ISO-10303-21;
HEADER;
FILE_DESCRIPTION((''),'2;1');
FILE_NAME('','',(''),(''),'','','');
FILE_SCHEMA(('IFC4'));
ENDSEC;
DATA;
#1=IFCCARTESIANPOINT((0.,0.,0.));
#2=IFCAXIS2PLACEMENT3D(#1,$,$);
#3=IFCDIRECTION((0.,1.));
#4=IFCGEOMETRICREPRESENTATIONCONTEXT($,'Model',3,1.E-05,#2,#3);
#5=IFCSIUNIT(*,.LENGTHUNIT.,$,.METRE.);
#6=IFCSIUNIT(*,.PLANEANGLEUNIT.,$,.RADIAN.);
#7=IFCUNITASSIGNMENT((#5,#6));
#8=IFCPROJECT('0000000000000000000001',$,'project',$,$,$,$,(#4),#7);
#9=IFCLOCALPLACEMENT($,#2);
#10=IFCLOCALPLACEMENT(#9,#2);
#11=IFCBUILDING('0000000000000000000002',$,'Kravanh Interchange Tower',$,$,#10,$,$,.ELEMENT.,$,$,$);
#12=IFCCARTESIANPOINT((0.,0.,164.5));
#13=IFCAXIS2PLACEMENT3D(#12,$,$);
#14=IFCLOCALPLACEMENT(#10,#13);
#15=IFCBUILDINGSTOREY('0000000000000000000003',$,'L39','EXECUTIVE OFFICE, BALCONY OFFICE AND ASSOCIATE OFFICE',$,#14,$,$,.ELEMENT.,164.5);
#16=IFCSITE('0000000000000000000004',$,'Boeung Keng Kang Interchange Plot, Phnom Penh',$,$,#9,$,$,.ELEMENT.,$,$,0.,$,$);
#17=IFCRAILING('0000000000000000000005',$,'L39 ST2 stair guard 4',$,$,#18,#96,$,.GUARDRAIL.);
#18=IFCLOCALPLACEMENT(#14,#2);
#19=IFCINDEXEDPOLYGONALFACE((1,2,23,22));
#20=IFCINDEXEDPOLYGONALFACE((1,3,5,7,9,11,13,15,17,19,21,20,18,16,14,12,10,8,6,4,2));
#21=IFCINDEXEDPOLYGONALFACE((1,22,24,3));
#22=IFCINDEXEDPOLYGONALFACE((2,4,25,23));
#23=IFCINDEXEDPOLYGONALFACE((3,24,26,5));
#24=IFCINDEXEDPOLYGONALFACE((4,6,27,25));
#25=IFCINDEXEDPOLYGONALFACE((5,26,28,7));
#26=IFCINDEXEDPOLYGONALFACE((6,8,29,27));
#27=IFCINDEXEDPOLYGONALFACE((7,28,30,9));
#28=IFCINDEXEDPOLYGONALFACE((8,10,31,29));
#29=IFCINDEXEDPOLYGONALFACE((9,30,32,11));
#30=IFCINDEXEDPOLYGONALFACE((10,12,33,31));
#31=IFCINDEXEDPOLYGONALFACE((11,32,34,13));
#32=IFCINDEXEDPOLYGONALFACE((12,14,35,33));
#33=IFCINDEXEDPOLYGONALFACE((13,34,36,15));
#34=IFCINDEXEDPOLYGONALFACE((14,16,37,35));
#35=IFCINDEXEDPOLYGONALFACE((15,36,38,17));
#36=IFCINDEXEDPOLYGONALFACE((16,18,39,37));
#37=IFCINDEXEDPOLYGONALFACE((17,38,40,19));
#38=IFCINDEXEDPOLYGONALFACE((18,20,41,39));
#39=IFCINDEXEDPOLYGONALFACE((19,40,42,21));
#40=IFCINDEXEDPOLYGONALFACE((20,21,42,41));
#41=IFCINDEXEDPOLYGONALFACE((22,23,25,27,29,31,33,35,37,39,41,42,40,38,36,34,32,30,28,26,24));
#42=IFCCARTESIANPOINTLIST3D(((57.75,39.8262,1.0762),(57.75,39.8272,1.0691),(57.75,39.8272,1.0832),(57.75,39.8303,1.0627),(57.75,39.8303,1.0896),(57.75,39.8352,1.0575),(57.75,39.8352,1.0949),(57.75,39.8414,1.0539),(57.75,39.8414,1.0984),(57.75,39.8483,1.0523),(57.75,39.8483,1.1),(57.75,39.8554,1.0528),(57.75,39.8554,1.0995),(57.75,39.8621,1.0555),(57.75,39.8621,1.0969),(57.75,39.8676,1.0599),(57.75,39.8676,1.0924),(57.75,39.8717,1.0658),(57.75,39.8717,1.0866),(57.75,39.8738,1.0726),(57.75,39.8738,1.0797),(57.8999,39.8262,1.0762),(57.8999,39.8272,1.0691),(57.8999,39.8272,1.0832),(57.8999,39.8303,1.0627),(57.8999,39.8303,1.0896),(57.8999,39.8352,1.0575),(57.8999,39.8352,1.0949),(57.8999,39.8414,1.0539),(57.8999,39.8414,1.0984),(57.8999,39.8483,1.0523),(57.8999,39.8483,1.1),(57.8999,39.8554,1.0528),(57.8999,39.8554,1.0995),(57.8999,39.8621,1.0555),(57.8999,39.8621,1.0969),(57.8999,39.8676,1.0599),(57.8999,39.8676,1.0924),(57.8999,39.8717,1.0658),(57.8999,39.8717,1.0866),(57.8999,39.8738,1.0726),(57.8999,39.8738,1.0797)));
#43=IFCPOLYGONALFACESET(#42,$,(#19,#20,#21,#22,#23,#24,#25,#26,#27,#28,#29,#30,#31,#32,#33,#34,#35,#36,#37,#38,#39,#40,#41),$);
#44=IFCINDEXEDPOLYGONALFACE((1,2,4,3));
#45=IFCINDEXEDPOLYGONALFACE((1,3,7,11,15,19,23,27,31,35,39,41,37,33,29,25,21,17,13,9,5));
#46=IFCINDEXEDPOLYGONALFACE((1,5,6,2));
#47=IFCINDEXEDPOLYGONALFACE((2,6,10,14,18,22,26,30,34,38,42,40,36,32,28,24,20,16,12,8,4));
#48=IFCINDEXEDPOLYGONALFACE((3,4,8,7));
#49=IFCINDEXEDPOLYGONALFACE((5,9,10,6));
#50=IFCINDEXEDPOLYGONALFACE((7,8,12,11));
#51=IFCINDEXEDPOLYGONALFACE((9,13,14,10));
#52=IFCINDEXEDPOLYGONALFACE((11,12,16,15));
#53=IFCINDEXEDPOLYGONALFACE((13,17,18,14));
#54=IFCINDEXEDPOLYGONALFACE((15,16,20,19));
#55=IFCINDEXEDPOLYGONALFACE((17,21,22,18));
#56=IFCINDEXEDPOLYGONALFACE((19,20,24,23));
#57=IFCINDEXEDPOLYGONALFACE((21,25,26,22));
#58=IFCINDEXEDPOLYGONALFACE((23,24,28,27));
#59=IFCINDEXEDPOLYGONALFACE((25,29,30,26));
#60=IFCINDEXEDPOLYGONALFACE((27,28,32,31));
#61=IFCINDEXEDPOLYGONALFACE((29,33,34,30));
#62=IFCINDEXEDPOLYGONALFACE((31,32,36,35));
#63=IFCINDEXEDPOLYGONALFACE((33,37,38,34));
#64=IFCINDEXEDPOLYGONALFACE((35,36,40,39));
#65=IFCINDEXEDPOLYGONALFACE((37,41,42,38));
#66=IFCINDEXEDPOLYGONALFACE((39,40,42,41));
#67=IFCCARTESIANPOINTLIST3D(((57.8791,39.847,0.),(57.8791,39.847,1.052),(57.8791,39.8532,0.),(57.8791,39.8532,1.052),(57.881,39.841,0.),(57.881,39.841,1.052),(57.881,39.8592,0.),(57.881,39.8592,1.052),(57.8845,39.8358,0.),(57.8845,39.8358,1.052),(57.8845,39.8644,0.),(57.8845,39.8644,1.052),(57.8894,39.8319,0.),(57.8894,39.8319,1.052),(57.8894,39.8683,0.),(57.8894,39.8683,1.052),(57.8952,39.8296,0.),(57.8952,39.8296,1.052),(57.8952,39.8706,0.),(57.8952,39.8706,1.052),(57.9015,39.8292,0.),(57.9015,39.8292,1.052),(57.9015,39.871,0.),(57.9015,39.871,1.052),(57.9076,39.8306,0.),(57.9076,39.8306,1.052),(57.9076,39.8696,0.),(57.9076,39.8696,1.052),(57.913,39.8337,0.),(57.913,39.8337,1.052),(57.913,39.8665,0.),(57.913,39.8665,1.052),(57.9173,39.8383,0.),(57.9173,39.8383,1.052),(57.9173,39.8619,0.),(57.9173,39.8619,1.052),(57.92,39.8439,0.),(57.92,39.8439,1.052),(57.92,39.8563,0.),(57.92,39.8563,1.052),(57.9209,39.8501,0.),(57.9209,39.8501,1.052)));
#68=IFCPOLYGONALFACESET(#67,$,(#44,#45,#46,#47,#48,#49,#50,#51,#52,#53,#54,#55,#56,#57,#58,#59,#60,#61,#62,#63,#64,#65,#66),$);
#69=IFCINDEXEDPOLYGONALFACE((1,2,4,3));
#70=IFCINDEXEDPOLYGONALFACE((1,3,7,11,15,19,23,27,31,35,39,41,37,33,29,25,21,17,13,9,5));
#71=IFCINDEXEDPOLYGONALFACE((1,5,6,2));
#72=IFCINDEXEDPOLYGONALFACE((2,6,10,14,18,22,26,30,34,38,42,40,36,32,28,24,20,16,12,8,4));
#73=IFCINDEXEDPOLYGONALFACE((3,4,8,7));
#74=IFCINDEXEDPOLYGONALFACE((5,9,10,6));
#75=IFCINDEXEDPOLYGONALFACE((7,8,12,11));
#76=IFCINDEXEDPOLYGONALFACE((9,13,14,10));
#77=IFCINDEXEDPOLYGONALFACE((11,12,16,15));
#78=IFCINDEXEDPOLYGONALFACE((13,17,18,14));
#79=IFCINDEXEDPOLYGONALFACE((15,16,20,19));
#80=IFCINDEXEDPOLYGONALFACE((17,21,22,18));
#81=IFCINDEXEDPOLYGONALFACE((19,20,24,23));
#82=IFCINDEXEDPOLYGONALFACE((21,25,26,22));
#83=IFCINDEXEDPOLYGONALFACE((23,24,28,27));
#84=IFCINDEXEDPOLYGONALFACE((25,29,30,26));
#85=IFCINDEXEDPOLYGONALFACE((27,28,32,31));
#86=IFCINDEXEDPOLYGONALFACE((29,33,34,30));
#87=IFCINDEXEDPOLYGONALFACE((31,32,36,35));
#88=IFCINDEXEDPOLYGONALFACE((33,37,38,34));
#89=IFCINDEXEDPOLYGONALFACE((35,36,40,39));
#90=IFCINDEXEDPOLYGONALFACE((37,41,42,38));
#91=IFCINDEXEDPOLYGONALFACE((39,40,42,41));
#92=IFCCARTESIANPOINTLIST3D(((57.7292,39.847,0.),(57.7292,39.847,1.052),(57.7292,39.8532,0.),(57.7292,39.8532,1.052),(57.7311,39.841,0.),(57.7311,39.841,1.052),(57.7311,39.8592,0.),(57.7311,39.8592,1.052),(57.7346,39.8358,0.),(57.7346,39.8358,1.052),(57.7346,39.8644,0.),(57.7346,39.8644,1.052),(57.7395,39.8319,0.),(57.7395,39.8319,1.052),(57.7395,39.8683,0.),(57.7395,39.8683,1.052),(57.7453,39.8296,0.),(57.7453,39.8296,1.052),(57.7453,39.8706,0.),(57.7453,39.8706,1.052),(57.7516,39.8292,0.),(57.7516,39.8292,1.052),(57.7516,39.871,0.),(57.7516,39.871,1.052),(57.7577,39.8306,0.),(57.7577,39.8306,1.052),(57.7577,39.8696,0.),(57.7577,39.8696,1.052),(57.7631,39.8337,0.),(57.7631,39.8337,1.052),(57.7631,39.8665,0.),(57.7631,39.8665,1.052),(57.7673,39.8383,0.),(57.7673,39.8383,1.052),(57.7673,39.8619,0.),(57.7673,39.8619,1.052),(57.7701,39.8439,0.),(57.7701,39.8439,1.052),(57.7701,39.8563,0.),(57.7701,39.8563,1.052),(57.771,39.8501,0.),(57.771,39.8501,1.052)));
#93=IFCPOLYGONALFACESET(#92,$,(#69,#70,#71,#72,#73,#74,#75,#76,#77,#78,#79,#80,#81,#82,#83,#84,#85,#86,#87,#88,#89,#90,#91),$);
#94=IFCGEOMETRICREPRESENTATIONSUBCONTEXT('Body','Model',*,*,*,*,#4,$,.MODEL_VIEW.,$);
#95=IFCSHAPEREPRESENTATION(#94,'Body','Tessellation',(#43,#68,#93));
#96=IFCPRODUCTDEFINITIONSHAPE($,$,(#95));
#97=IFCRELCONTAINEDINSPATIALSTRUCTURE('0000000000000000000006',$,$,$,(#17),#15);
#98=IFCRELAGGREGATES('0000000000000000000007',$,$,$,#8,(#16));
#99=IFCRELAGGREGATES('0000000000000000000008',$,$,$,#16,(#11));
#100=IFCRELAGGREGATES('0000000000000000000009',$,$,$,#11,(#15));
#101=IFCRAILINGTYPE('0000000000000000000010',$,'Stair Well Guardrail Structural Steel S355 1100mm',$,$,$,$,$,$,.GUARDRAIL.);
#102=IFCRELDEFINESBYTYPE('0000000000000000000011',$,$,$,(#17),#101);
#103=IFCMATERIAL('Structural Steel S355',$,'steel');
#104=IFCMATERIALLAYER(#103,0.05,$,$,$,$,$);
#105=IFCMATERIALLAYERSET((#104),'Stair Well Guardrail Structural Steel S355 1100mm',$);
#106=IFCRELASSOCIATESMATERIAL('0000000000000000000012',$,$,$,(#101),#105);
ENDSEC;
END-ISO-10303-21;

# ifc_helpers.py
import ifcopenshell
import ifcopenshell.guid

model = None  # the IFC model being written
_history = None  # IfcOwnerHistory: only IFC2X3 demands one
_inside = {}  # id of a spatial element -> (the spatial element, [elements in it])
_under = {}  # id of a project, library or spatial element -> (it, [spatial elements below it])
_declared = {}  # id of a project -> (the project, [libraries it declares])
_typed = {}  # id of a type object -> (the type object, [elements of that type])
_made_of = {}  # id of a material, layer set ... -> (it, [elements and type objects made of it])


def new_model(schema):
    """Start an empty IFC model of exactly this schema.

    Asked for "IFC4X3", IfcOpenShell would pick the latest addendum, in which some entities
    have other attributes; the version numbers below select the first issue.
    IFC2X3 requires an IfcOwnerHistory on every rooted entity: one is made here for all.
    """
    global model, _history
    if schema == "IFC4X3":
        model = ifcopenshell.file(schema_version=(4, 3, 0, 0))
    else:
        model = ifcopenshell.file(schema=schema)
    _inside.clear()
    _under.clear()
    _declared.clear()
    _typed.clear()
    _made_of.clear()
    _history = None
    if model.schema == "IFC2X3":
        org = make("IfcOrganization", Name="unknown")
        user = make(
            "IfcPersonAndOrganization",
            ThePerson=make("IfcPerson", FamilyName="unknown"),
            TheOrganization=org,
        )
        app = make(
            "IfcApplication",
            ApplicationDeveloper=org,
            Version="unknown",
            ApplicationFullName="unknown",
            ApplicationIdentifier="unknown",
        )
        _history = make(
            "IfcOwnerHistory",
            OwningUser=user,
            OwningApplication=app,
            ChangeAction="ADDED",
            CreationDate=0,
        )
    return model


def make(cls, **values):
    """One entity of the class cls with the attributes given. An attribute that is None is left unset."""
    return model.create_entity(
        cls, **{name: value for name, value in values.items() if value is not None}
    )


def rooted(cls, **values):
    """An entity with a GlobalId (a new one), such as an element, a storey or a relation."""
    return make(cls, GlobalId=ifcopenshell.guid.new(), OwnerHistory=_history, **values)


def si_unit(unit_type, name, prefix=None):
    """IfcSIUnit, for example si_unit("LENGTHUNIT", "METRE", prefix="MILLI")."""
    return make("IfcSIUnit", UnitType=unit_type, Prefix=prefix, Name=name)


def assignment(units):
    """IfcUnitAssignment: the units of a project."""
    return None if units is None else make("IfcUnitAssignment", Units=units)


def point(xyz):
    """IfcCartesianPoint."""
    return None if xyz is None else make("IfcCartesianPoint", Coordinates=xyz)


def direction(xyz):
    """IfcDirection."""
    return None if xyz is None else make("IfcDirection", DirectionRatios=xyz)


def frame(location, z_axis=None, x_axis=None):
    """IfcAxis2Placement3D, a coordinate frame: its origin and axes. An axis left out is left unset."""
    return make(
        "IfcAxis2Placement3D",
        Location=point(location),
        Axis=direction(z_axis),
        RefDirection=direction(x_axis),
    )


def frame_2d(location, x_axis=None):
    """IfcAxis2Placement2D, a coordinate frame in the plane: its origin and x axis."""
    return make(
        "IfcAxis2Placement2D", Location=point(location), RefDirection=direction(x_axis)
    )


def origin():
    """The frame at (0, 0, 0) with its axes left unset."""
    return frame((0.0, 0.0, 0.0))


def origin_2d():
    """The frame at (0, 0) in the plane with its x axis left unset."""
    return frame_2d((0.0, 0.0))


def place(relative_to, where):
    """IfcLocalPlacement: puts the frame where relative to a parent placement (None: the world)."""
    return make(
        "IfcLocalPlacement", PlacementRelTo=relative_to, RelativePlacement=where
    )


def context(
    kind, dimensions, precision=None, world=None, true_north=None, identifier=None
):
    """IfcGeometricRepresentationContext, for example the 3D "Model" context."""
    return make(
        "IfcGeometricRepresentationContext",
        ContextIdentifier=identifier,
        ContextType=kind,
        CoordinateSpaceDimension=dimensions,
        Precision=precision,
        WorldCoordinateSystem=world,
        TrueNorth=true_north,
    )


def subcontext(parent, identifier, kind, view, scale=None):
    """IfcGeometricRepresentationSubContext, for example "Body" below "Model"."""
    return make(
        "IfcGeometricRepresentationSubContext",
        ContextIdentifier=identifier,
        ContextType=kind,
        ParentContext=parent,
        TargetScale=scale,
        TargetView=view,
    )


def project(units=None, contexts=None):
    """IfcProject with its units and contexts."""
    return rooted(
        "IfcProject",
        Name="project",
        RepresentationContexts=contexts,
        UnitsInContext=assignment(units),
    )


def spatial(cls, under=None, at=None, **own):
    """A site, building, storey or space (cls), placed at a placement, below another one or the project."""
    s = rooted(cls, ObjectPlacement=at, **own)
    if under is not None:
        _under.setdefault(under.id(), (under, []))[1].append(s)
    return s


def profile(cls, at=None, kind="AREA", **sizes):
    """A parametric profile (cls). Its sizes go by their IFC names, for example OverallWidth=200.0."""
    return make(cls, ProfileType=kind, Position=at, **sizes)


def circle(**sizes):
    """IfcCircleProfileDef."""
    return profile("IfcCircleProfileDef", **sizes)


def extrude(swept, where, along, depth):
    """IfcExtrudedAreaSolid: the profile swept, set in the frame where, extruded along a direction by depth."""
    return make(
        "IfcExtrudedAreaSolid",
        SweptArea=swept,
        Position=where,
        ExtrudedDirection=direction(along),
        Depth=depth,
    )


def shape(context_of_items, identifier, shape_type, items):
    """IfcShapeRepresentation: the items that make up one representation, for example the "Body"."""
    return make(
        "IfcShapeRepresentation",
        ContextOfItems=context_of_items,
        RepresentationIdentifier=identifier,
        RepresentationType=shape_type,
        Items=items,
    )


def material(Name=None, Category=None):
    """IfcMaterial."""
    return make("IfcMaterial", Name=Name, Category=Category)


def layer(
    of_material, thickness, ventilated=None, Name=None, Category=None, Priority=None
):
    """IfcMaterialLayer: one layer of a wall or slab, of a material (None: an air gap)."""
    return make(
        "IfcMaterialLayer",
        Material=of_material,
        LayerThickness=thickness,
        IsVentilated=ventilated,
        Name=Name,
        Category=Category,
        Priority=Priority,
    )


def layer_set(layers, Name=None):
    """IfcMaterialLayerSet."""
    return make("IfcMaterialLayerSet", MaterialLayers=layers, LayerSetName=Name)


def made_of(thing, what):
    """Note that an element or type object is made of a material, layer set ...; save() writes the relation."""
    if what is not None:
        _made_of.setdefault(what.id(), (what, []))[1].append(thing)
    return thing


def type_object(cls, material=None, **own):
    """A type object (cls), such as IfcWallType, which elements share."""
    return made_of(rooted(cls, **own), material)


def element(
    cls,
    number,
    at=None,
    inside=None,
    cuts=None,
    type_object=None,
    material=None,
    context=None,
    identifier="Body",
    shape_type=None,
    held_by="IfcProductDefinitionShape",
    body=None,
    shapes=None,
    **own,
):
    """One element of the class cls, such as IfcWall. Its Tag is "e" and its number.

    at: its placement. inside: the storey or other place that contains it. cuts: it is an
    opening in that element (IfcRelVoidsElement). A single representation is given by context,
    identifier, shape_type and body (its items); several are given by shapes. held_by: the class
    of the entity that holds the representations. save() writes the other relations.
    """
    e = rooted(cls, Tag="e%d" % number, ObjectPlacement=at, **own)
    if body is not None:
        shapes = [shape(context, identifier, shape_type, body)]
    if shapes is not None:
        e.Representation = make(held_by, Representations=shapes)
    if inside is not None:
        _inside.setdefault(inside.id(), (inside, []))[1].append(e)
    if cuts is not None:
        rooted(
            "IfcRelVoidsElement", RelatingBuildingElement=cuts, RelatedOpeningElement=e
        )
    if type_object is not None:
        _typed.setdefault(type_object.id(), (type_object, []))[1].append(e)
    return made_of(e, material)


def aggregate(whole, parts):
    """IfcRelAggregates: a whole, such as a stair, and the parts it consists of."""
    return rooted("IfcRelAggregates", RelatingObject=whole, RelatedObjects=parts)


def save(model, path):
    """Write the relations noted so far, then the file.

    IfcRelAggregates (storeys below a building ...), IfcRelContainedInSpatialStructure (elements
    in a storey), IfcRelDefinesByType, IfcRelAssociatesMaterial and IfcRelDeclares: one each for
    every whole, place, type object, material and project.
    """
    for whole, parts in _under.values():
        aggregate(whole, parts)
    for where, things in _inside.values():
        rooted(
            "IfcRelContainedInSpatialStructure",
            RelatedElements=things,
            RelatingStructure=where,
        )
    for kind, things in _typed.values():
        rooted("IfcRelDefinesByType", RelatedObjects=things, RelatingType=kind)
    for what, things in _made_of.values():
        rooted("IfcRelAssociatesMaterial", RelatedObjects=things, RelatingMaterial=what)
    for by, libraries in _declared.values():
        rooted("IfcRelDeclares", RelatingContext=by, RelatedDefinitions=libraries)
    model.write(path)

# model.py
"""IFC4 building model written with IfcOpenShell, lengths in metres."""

from ifc_helpers import new_model, si_unit, direction, frame, origin, origin_2d, place, context, subcontext, project, spatial, circle, extrude, material, layer, layer_set, type_object, element, save


model = new_model("IFC4")

# Units and contexts
model_context = context("Model", 3, precision=1e-05, world=origin(), true_north=direction((0.0, 1.0)))
body_context = subcontext(model_context, "Body", "Model", "MODEL_VIEW")
ifc_project = project(units=[si_unit("LENGTHUNIT", "METRE"), si_unit("PLANEANGLEUNIT", "RADIAN")], contexts=[model_context])

# Site, building, storey
site_placement = place(None, origin())
site = spatial("IfcSite", under=ifc_project, at=site_placement, Name="Boeung Keng Kang Interchange Plot, Phnom Penh", CompositionType="ELEMENT", RefElevation=0.0)
building_placement = place(site_placement, origin())
building = spatial("IfcBuilding", under=site, at=building_placement, Name="Kravanh Interchange Tower", CompositionType="ELEMENT")
storey_placement = place(building_placement, frame((0.0, 0.0, 164.5)))
storey = spatial("IfcBuildingStorey", under=building, at=storey_placement, Name="L39", Description="EXECUTIVE OFFICE, BALCONY OFFICE AND ASSOCIATE OFFICE", CompositionType="ELEMENT", Elevation=164.5)

# Railing
ifc_material_1 = material(Name="Structural Steel S355", Category="steel")
ifc_layer_1 = layer(ifc_material_1, 0.05)
ifc_layer_set_1 = layer_set([ifc_layer_1], Name="Stair Well Guardrail Structural Steel S355 1100mm")
railing_type_1 = type_object("IfcRailingType", Name="Stair Well Guardrail Structural Steel S355 1100mm", PredefinedType="GUARDRAIL", material=ifc_layer_set_1)
for number, where, name in (
    (1, (57.8999, 39.8501, 0.0), "L39 ST2 stair guard 4"),
):
    element("IfcRailing", number, at=place(storey_placement, frame(where)), inside=storey, type_object=railing_type_1, Name=name, PredefinedType="GUARDRAIL", context=body_context, shape_type="SweptSolid", body=[
        extrude(circle(Radius=0.0239, at=origin_2d()), frame((0.0, 0.0, 1.0762), z_axis=(-1.0, 0.0, 0.0), x_axis=(0.0, -1.0, 0.0)), (0.0, 0.0, 1.0), 0.1499),
        extrude(circle(Radius=0.021, at=origin_2d()), origin(), (0.0, 0.0, 1.0), 1.052),
        extrude(circle(Radius=0.021, at=origin_2d()), frame((-0.1499, 0.0, 0.0)), (0.0, 0.0, 1.0), 1.052),
    ])

save(model, "model.ifc")
